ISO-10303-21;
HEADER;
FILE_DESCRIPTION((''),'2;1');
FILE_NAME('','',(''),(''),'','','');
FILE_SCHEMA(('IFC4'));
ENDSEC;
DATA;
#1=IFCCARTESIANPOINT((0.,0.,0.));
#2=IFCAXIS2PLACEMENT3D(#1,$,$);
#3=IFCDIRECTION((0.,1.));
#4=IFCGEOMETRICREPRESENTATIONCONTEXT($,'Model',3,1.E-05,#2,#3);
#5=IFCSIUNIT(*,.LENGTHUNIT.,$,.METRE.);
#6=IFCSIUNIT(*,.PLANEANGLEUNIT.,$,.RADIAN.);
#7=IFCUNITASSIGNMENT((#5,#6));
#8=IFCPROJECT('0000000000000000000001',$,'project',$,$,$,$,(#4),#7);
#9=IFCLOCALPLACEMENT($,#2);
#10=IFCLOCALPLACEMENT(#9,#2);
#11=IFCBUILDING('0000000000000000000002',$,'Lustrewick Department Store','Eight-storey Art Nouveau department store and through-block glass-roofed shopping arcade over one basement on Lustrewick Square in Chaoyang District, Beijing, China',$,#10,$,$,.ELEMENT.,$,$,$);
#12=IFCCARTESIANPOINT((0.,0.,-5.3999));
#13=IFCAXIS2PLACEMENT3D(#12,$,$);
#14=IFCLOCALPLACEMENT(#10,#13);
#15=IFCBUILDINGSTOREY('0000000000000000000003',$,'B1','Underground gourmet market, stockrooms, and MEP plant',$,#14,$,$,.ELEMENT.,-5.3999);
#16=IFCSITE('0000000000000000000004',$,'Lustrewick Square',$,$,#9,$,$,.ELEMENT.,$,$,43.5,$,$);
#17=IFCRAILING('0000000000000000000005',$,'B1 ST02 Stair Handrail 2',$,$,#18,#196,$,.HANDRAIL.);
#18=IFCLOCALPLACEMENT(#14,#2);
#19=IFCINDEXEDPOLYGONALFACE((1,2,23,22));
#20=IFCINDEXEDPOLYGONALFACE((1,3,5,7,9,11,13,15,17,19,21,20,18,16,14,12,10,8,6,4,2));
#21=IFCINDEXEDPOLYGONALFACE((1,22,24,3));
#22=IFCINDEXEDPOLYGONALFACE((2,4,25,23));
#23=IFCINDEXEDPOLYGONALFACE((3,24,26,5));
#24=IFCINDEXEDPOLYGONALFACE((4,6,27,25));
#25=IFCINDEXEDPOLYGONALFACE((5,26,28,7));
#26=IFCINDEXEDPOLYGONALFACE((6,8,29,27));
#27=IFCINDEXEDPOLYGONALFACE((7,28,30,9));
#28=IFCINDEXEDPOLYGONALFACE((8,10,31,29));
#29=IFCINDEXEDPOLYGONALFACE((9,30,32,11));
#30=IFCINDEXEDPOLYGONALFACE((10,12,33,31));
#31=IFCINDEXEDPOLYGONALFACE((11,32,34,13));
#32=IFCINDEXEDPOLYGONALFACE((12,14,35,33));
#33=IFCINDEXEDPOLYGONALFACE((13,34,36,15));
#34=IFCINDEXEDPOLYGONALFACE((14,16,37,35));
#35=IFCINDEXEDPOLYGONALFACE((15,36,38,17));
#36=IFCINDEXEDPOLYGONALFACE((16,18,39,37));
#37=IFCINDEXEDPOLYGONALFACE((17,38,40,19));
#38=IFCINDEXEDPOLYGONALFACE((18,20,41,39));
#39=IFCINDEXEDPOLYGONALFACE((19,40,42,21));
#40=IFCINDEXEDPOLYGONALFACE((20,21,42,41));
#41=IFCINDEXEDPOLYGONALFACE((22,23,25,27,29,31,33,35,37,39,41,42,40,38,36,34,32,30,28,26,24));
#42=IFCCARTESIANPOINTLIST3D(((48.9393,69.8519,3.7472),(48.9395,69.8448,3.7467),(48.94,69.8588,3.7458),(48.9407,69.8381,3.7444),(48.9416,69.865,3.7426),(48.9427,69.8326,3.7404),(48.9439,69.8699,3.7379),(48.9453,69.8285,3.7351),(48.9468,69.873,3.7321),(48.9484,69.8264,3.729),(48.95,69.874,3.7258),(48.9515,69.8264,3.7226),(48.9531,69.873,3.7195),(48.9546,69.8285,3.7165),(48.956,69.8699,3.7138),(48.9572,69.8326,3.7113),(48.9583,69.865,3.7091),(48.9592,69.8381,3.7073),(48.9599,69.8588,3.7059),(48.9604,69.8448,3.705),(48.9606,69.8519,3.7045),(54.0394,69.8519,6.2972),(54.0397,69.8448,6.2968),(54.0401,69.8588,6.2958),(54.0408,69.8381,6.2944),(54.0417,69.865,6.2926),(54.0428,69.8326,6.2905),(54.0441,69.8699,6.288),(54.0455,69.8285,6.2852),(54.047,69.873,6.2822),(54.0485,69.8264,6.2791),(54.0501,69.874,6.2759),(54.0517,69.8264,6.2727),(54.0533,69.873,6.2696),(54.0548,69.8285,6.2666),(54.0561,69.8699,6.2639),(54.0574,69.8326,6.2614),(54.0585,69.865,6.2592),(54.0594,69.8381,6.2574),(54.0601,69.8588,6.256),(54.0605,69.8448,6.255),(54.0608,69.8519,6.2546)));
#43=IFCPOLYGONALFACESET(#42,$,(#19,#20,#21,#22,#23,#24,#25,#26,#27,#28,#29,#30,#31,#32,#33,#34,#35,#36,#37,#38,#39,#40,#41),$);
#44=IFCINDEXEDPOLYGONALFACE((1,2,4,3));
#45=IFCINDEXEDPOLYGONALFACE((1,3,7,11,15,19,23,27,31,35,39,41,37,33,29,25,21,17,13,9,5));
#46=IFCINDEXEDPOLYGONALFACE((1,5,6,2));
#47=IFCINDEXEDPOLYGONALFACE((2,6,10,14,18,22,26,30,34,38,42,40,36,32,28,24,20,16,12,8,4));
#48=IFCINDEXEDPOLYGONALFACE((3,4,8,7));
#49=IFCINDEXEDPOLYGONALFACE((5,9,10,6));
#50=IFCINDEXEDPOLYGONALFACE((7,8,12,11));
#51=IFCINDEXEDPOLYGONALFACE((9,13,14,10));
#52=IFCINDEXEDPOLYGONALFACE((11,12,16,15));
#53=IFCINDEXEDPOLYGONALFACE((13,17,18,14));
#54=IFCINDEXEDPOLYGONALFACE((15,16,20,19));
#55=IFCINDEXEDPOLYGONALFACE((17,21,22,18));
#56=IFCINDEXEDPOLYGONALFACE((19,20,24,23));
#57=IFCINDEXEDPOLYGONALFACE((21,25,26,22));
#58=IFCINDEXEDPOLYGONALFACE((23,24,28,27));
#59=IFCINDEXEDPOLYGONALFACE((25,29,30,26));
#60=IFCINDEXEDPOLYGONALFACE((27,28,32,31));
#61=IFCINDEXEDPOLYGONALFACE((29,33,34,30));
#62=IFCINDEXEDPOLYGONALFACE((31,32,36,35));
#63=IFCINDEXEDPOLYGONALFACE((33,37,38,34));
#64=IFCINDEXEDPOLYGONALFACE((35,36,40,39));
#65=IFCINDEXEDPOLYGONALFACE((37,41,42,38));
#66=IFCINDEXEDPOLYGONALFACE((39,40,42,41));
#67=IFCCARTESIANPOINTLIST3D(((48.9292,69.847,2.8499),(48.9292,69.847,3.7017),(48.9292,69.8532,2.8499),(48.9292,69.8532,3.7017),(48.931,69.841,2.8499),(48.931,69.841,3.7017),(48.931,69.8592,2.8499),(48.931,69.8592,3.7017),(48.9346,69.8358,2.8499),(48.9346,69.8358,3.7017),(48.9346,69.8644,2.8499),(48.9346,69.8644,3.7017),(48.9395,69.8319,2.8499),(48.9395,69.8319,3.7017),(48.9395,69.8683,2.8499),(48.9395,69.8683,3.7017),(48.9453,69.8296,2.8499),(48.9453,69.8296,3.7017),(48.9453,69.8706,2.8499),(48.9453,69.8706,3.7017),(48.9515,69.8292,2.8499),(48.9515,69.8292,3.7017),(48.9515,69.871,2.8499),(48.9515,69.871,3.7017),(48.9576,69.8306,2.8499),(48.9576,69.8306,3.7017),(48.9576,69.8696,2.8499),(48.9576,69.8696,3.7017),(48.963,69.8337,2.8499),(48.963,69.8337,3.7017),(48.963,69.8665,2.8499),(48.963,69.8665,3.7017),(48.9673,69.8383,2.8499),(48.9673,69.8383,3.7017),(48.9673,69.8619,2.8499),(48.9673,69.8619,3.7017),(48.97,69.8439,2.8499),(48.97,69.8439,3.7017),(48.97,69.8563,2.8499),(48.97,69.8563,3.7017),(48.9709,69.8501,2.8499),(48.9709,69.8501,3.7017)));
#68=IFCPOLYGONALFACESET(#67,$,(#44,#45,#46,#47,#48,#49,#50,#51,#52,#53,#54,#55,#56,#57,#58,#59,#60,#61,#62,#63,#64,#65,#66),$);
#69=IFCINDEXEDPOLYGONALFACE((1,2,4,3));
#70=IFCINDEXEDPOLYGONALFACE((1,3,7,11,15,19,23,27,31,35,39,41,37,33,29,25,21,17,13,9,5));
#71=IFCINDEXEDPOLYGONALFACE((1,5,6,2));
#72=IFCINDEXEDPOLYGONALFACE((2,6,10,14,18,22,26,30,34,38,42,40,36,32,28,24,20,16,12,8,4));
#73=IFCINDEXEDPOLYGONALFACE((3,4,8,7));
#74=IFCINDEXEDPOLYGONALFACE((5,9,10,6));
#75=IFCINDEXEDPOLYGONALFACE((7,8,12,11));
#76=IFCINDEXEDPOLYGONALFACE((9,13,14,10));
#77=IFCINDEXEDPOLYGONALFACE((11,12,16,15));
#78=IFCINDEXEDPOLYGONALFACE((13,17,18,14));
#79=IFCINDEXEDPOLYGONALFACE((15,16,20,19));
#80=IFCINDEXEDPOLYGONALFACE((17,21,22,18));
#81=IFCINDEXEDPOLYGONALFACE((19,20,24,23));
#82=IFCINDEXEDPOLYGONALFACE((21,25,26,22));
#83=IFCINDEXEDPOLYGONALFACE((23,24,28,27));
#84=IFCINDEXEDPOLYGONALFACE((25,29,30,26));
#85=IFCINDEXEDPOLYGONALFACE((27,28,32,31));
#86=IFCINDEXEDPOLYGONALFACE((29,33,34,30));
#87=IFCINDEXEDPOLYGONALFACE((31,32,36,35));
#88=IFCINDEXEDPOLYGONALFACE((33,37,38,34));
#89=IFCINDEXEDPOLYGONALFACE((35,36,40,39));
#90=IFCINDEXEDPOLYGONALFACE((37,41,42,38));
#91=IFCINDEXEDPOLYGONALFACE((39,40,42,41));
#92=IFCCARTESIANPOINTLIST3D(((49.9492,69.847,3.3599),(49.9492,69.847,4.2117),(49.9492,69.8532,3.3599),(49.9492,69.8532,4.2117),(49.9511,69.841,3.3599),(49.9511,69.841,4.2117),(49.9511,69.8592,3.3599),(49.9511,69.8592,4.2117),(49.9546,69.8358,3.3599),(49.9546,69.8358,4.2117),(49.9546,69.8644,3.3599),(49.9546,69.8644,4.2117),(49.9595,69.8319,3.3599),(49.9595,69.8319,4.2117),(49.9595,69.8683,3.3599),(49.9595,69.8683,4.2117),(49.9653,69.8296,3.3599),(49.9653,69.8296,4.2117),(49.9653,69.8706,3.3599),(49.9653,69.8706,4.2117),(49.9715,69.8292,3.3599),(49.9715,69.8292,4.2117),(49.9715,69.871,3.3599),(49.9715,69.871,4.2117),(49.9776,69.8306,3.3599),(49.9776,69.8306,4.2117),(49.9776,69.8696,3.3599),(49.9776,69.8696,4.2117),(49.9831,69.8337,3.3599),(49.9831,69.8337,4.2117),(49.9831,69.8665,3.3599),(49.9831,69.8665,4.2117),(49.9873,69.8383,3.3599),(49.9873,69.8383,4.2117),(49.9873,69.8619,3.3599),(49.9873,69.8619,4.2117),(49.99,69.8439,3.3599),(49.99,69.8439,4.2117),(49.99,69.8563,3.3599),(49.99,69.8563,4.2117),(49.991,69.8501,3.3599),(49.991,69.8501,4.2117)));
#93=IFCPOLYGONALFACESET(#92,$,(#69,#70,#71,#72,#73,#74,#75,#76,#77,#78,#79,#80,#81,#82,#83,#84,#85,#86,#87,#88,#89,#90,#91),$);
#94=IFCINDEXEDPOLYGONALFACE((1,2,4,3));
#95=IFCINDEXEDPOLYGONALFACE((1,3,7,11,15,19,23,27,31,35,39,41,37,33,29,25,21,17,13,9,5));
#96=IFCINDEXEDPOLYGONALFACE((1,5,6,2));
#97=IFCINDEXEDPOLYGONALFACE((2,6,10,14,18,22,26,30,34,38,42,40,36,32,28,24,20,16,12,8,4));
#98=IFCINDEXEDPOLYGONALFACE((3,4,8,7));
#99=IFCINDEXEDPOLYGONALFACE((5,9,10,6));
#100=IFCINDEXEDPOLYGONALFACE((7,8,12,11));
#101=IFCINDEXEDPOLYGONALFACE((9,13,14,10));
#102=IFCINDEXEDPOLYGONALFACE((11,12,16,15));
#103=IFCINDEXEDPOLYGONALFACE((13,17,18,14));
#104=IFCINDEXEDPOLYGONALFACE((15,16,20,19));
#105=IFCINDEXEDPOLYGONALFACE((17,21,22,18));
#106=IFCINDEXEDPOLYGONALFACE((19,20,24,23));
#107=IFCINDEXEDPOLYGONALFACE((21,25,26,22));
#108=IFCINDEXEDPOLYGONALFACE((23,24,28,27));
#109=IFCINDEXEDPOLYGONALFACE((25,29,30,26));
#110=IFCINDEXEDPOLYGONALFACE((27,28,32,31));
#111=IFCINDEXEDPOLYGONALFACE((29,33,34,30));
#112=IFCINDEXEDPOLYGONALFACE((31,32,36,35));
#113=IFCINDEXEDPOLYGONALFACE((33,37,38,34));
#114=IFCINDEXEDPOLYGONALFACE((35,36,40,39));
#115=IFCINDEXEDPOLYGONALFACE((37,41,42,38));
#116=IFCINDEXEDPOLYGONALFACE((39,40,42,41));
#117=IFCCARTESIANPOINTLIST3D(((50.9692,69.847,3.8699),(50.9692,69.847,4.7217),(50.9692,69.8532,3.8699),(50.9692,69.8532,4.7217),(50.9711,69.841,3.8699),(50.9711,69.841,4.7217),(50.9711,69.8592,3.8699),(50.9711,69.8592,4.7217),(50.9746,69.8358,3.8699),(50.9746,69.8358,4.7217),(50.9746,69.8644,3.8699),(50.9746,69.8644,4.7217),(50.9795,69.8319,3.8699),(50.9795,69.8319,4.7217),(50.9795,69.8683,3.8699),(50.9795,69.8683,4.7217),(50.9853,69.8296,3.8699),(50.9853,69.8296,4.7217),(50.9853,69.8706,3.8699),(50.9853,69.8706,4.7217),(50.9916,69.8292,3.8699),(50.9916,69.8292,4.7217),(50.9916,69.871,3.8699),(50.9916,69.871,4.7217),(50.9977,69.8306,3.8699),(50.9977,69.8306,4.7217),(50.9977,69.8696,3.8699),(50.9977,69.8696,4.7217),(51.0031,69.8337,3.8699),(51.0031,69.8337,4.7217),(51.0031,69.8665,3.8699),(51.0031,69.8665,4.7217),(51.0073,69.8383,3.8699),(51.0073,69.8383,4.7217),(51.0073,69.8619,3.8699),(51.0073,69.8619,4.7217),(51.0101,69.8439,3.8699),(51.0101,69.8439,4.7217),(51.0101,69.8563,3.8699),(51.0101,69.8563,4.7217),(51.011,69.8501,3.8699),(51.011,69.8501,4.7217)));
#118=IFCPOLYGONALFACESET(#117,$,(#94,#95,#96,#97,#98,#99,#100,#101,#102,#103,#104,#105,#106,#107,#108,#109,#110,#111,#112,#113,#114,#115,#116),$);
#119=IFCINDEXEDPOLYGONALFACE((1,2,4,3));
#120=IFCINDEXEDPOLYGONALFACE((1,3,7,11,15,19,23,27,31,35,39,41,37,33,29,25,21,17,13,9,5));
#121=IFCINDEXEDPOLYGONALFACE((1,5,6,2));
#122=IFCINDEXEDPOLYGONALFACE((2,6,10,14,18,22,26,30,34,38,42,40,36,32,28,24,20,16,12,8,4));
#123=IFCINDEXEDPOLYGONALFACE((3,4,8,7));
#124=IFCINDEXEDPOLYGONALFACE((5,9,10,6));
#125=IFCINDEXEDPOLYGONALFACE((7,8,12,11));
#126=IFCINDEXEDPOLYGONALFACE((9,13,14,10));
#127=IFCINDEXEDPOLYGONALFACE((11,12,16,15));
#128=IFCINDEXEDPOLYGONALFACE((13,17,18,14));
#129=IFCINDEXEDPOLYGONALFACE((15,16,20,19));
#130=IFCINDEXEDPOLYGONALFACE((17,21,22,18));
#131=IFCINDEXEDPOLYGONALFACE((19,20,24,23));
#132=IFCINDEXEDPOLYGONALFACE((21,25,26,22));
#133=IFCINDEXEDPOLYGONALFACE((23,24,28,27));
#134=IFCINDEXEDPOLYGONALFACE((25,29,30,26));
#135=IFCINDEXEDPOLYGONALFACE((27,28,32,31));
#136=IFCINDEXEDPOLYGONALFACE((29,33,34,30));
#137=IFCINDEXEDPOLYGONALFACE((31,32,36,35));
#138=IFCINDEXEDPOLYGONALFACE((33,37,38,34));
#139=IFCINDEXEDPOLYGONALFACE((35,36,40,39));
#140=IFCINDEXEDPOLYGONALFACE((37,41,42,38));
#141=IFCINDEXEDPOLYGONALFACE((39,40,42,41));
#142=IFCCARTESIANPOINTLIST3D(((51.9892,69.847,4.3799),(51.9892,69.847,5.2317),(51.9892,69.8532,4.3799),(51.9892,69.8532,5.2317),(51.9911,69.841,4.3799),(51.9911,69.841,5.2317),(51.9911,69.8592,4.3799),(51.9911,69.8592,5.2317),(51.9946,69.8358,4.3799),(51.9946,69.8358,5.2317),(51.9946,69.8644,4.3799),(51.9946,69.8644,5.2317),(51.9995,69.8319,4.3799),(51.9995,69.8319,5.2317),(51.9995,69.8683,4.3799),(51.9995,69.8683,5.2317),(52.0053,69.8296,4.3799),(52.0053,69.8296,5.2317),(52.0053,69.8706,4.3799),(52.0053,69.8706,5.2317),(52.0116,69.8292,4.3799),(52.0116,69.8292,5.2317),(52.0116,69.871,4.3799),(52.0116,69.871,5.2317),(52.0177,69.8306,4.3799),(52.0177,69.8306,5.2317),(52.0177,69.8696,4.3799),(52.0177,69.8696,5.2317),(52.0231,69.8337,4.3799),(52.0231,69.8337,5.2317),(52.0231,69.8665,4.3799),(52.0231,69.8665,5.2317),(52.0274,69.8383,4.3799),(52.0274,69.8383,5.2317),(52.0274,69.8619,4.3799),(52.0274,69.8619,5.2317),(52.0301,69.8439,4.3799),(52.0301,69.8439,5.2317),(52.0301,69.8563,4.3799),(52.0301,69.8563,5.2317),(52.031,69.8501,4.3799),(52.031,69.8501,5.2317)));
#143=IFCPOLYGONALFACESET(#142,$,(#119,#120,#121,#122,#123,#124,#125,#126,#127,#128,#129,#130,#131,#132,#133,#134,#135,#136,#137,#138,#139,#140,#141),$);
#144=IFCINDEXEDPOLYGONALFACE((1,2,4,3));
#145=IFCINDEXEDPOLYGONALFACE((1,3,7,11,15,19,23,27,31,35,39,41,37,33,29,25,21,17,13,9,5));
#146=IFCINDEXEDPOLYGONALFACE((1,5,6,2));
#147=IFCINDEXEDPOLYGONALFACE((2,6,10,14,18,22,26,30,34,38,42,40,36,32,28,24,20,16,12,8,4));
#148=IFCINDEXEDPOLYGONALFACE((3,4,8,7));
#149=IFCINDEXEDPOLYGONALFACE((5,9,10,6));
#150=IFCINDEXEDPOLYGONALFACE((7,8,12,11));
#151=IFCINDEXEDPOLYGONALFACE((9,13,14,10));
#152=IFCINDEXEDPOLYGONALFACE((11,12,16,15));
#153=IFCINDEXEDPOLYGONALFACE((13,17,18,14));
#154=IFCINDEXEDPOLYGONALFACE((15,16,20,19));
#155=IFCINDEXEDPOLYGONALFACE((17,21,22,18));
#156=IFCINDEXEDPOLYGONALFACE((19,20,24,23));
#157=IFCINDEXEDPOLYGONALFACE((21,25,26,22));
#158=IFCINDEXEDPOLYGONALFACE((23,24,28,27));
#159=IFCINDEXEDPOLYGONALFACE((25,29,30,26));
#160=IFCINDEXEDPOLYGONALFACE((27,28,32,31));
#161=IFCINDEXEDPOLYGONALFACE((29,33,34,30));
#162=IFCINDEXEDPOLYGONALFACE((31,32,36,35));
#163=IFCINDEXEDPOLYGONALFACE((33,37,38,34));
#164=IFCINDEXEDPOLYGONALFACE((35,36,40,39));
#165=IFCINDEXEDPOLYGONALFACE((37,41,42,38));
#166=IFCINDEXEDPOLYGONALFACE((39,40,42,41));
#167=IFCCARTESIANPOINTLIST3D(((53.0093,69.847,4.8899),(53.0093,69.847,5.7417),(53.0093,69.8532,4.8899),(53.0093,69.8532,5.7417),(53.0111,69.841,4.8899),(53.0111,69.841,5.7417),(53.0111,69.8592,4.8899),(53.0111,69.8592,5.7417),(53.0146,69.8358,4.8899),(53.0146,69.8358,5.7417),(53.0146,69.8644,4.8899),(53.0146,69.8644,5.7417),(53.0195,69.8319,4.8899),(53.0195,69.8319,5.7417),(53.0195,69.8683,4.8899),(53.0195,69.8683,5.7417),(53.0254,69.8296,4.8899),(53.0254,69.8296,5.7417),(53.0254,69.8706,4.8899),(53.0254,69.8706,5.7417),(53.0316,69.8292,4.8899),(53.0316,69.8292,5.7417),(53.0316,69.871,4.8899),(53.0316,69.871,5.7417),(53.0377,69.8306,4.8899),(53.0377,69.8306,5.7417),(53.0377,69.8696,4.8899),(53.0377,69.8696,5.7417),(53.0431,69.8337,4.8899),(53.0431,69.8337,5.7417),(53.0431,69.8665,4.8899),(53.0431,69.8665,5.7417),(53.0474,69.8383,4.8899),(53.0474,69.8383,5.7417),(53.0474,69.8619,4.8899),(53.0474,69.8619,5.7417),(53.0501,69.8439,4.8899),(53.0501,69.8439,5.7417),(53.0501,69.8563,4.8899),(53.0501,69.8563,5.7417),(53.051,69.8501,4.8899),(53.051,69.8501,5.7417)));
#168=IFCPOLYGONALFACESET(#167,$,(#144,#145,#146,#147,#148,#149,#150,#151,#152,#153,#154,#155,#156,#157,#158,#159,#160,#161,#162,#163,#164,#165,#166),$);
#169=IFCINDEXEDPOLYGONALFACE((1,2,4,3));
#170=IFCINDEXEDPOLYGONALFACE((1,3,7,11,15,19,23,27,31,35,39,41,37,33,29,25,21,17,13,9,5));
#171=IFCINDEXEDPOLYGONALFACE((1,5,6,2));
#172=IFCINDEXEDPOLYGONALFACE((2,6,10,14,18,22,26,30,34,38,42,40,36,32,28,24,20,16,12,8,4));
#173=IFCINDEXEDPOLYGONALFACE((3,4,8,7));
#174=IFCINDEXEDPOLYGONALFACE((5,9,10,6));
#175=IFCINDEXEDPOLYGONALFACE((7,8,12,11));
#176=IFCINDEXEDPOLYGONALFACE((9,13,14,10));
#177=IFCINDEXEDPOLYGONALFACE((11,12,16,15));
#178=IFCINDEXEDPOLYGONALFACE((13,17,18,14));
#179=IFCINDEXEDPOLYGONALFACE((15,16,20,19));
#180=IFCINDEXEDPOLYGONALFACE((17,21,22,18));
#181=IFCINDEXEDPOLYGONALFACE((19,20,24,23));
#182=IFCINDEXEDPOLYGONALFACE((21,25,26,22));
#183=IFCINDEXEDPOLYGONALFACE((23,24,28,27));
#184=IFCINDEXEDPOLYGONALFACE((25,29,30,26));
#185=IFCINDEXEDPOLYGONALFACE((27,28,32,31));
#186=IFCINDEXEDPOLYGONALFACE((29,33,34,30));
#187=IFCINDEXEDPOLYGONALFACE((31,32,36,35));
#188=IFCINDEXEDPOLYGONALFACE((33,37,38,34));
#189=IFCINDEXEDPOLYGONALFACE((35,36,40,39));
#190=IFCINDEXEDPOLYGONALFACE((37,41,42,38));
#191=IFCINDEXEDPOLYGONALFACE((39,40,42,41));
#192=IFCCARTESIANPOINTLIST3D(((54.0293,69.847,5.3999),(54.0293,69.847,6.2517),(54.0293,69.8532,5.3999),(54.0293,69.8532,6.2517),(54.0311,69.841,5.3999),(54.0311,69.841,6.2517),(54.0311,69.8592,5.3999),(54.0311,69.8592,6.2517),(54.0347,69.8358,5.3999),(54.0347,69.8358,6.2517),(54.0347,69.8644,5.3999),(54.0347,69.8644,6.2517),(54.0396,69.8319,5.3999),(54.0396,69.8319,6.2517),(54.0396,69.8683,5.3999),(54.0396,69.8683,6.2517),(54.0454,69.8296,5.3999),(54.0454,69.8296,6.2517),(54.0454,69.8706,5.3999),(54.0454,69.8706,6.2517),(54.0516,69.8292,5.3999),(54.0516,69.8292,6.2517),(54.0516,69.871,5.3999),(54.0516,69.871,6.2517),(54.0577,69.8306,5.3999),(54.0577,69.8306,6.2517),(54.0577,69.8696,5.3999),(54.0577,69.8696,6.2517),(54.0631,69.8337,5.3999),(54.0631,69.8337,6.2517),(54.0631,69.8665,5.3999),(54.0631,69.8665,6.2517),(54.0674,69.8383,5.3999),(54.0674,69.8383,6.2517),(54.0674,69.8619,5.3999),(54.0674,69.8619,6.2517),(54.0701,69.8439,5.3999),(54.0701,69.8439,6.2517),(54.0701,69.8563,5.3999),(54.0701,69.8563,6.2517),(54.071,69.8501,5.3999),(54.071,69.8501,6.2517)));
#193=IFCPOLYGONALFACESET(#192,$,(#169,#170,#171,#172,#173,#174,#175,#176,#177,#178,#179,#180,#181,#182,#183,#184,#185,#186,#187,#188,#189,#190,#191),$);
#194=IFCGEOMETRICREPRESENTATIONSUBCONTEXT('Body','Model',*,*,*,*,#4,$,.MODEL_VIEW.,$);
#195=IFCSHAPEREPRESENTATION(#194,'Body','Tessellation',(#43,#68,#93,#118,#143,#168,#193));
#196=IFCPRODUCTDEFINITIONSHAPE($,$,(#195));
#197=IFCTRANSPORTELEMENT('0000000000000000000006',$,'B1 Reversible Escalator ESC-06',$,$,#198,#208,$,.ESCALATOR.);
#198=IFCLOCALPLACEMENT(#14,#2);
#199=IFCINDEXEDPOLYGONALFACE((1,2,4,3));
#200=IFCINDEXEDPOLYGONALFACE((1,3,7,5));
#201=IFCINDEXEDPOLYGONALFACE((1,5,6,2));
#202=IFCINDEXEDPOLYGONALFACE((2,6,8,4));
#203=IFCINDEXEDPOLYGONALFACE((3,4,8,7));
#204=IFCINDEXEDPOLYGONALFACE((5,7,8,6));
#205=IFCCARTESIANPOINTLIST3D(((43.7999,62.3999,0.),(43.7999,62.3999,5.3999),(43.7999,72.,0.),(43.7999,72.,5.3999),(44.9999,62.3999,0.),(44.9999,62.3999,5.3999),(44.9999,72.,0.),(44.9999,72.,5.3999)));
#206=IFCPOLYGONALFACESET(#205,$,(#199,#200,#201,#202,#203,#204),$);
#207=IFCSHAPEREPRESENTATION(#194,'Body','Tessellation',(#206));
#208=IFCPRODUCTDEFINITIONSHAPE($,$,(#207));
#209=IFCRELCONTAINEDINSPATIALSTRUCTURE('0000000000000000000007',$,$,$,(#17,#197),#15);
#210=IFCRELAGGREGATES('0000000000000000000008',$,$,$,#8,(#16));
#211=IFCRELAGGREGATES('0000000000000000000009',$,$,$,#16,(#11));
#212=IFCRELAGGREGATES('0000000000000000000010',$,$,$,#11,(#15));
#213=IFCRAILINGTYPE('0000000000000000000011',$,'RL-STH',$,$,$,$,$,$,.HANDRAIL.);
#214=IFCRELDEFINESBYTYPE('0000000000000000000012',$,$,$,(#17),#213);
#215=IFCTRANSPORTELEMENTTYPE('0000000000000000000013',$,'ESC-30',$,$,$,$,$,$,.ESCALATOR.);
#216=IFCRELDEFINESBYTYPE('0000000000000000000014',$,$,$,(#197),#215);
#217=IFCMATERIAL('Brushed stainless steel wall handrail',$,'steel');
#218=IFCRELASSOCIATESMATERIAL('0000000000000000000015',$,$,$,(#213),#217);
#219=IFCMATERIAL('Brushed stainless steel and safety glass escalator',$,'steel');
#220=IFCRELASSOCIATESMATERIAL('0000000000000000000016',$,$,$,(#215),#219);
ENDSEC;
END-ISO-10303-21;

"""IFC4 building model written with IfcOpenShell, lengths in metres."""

from ifc_helpers import new_model, si_unit, direction, frame, origin, origin_2d, place, context, subcontext, project, spatial, rectangle, circle, extrude, material, type_object, element, save


model = new_model("IFC4")

# Units and contexts
model_context = context("Model", 3, precision=1e-05, world=origin(), true_north=direction((0.0, 1.0)))
body_context = subcontext(model_context, "Body", "Model", "MODEL_VIEW")
ifc_project = project(units=[si_unit("LENGTHUNIT", "METRE"), si_unit("PLANEANGLEUNIT", "RADIAN")], contexts=[model_context])

# Site, building, storey
site_placement = place(None, origin())
site = spatial("IfcSite", under=ifc_project, at=site_placement, Name="Lustrewick Square", CompositionType="ELEMENT", RefElevation=43.5)
building_placement = place(site_placement, origin())
building = spatial("IfcBuilding", under=site, at=building_placement, Name="Lustrewick Department Store", Description="Eight-storey Art Nouveau department store and through-block glass-roofed shopping arcade over one basement on Lustrewick Square in Chaoyang District, Beijing, China", CompositionType="ELEMENT")
storey_placement = place(building_placement, frame((0.0, 0.0, -5.3999)))
storey = spatial("IfcBuildingStorey", under=building, at=storey_placement, Name="B1", Description="Underground gourmet market, stockrooms, and MEP plant", CompositionType="ELEMENT", Elevation=-5.3999)

# Railing
ifc_material_1 = material(Name="Brushed stainless steel wall handrail", Category="steel")
railing_type_1 = type_object("IfcRailingType", Name="RL-STH", PredefinedType="HANDRAIL", material=ifc_material_1)
railing_1_placement = place(storey_placement, frame((48.95, 69.8501, 2.8499)))
element("IfcRailing", 1, at=railing_1_placement, inside=storey, type_object=railing_type_1, Name="B1 ST02 Stair Handrail 2", PredefinedType="HANDRAIL", context=body_context, shape_type="SweptSolid", body=[
    extrude(circle(Radius=0.0239, at=origin_2d()), frame((0.0, 0.0, 0.876), z_axis=(0.894427, 0.0, 0.447214), x_axis=(0.0, 1.0, 0.0)), (0.0, 0.0, 1.0), 5.7021),
    extrude(circle(Radius=0.021, at=origin_2d()), origin(), (0.0, 0.0, 1.0), 0.8518),
    extrude(circle(Radius=0.021, at=origin_2d()), frame((1.02, 0.0, 0.51)), (0.0, 0.0, 1.0), 0.8518),
    extrude(circle(Radius=0.021, at=origin_2d()), frame((2.04, 0.0, 1.02)), (0.0, 0.0, 1.0), 0.8518),
    extrude(circle(Radius=0.021, at=origin_2d()), frame((3.0601, 0.0, 1.53)), (0.0, 0.0, 1.0), 0.8518),
    extrude(circle(Radius=0.021, at=origin_2d()), frame((4.0801, 0.0, 2.04)), (0.0, 0.0, 1.0), 0.8518),
    extrude(circle(Radius=0.021, at=origin_2d()), frame((5.1001, 0.0, 2.55)), (0.0, 0.0, 1.0), 0.8518),
])

# Transport element
ifc_material_2 = material(Name="Brushed stainless steel and safety glass escalator", Category="steel")
transport_element_type = type_object("IfcTransportElementType", Name="ESC-30", PredefinedType="ESCALATOR", material=ifc_material_2)
transport_element_placement = place(storey_placement, frame((44.3999, 67.2, 0.0), z_axis=(0.0, 0.0, 1.0), x_axis=(1.0, 0.0, 0.0)))
element("IfcTransportElement", 2, at=transport_element_placement, inside=storey, type_object=transport_element_type, Name="B1 Reversible Escalator ESC-06", PredefinedType="ESCALATOR", context=body_context, shape_type="SweptSolid", body=[
    extrude(rectangle(XDim=1.2, YDim=9.6001, at=origin_2d()), origin(), (0.0, 0.0, 1.0), 5.3999),
])

save(model, "model.ifc")
